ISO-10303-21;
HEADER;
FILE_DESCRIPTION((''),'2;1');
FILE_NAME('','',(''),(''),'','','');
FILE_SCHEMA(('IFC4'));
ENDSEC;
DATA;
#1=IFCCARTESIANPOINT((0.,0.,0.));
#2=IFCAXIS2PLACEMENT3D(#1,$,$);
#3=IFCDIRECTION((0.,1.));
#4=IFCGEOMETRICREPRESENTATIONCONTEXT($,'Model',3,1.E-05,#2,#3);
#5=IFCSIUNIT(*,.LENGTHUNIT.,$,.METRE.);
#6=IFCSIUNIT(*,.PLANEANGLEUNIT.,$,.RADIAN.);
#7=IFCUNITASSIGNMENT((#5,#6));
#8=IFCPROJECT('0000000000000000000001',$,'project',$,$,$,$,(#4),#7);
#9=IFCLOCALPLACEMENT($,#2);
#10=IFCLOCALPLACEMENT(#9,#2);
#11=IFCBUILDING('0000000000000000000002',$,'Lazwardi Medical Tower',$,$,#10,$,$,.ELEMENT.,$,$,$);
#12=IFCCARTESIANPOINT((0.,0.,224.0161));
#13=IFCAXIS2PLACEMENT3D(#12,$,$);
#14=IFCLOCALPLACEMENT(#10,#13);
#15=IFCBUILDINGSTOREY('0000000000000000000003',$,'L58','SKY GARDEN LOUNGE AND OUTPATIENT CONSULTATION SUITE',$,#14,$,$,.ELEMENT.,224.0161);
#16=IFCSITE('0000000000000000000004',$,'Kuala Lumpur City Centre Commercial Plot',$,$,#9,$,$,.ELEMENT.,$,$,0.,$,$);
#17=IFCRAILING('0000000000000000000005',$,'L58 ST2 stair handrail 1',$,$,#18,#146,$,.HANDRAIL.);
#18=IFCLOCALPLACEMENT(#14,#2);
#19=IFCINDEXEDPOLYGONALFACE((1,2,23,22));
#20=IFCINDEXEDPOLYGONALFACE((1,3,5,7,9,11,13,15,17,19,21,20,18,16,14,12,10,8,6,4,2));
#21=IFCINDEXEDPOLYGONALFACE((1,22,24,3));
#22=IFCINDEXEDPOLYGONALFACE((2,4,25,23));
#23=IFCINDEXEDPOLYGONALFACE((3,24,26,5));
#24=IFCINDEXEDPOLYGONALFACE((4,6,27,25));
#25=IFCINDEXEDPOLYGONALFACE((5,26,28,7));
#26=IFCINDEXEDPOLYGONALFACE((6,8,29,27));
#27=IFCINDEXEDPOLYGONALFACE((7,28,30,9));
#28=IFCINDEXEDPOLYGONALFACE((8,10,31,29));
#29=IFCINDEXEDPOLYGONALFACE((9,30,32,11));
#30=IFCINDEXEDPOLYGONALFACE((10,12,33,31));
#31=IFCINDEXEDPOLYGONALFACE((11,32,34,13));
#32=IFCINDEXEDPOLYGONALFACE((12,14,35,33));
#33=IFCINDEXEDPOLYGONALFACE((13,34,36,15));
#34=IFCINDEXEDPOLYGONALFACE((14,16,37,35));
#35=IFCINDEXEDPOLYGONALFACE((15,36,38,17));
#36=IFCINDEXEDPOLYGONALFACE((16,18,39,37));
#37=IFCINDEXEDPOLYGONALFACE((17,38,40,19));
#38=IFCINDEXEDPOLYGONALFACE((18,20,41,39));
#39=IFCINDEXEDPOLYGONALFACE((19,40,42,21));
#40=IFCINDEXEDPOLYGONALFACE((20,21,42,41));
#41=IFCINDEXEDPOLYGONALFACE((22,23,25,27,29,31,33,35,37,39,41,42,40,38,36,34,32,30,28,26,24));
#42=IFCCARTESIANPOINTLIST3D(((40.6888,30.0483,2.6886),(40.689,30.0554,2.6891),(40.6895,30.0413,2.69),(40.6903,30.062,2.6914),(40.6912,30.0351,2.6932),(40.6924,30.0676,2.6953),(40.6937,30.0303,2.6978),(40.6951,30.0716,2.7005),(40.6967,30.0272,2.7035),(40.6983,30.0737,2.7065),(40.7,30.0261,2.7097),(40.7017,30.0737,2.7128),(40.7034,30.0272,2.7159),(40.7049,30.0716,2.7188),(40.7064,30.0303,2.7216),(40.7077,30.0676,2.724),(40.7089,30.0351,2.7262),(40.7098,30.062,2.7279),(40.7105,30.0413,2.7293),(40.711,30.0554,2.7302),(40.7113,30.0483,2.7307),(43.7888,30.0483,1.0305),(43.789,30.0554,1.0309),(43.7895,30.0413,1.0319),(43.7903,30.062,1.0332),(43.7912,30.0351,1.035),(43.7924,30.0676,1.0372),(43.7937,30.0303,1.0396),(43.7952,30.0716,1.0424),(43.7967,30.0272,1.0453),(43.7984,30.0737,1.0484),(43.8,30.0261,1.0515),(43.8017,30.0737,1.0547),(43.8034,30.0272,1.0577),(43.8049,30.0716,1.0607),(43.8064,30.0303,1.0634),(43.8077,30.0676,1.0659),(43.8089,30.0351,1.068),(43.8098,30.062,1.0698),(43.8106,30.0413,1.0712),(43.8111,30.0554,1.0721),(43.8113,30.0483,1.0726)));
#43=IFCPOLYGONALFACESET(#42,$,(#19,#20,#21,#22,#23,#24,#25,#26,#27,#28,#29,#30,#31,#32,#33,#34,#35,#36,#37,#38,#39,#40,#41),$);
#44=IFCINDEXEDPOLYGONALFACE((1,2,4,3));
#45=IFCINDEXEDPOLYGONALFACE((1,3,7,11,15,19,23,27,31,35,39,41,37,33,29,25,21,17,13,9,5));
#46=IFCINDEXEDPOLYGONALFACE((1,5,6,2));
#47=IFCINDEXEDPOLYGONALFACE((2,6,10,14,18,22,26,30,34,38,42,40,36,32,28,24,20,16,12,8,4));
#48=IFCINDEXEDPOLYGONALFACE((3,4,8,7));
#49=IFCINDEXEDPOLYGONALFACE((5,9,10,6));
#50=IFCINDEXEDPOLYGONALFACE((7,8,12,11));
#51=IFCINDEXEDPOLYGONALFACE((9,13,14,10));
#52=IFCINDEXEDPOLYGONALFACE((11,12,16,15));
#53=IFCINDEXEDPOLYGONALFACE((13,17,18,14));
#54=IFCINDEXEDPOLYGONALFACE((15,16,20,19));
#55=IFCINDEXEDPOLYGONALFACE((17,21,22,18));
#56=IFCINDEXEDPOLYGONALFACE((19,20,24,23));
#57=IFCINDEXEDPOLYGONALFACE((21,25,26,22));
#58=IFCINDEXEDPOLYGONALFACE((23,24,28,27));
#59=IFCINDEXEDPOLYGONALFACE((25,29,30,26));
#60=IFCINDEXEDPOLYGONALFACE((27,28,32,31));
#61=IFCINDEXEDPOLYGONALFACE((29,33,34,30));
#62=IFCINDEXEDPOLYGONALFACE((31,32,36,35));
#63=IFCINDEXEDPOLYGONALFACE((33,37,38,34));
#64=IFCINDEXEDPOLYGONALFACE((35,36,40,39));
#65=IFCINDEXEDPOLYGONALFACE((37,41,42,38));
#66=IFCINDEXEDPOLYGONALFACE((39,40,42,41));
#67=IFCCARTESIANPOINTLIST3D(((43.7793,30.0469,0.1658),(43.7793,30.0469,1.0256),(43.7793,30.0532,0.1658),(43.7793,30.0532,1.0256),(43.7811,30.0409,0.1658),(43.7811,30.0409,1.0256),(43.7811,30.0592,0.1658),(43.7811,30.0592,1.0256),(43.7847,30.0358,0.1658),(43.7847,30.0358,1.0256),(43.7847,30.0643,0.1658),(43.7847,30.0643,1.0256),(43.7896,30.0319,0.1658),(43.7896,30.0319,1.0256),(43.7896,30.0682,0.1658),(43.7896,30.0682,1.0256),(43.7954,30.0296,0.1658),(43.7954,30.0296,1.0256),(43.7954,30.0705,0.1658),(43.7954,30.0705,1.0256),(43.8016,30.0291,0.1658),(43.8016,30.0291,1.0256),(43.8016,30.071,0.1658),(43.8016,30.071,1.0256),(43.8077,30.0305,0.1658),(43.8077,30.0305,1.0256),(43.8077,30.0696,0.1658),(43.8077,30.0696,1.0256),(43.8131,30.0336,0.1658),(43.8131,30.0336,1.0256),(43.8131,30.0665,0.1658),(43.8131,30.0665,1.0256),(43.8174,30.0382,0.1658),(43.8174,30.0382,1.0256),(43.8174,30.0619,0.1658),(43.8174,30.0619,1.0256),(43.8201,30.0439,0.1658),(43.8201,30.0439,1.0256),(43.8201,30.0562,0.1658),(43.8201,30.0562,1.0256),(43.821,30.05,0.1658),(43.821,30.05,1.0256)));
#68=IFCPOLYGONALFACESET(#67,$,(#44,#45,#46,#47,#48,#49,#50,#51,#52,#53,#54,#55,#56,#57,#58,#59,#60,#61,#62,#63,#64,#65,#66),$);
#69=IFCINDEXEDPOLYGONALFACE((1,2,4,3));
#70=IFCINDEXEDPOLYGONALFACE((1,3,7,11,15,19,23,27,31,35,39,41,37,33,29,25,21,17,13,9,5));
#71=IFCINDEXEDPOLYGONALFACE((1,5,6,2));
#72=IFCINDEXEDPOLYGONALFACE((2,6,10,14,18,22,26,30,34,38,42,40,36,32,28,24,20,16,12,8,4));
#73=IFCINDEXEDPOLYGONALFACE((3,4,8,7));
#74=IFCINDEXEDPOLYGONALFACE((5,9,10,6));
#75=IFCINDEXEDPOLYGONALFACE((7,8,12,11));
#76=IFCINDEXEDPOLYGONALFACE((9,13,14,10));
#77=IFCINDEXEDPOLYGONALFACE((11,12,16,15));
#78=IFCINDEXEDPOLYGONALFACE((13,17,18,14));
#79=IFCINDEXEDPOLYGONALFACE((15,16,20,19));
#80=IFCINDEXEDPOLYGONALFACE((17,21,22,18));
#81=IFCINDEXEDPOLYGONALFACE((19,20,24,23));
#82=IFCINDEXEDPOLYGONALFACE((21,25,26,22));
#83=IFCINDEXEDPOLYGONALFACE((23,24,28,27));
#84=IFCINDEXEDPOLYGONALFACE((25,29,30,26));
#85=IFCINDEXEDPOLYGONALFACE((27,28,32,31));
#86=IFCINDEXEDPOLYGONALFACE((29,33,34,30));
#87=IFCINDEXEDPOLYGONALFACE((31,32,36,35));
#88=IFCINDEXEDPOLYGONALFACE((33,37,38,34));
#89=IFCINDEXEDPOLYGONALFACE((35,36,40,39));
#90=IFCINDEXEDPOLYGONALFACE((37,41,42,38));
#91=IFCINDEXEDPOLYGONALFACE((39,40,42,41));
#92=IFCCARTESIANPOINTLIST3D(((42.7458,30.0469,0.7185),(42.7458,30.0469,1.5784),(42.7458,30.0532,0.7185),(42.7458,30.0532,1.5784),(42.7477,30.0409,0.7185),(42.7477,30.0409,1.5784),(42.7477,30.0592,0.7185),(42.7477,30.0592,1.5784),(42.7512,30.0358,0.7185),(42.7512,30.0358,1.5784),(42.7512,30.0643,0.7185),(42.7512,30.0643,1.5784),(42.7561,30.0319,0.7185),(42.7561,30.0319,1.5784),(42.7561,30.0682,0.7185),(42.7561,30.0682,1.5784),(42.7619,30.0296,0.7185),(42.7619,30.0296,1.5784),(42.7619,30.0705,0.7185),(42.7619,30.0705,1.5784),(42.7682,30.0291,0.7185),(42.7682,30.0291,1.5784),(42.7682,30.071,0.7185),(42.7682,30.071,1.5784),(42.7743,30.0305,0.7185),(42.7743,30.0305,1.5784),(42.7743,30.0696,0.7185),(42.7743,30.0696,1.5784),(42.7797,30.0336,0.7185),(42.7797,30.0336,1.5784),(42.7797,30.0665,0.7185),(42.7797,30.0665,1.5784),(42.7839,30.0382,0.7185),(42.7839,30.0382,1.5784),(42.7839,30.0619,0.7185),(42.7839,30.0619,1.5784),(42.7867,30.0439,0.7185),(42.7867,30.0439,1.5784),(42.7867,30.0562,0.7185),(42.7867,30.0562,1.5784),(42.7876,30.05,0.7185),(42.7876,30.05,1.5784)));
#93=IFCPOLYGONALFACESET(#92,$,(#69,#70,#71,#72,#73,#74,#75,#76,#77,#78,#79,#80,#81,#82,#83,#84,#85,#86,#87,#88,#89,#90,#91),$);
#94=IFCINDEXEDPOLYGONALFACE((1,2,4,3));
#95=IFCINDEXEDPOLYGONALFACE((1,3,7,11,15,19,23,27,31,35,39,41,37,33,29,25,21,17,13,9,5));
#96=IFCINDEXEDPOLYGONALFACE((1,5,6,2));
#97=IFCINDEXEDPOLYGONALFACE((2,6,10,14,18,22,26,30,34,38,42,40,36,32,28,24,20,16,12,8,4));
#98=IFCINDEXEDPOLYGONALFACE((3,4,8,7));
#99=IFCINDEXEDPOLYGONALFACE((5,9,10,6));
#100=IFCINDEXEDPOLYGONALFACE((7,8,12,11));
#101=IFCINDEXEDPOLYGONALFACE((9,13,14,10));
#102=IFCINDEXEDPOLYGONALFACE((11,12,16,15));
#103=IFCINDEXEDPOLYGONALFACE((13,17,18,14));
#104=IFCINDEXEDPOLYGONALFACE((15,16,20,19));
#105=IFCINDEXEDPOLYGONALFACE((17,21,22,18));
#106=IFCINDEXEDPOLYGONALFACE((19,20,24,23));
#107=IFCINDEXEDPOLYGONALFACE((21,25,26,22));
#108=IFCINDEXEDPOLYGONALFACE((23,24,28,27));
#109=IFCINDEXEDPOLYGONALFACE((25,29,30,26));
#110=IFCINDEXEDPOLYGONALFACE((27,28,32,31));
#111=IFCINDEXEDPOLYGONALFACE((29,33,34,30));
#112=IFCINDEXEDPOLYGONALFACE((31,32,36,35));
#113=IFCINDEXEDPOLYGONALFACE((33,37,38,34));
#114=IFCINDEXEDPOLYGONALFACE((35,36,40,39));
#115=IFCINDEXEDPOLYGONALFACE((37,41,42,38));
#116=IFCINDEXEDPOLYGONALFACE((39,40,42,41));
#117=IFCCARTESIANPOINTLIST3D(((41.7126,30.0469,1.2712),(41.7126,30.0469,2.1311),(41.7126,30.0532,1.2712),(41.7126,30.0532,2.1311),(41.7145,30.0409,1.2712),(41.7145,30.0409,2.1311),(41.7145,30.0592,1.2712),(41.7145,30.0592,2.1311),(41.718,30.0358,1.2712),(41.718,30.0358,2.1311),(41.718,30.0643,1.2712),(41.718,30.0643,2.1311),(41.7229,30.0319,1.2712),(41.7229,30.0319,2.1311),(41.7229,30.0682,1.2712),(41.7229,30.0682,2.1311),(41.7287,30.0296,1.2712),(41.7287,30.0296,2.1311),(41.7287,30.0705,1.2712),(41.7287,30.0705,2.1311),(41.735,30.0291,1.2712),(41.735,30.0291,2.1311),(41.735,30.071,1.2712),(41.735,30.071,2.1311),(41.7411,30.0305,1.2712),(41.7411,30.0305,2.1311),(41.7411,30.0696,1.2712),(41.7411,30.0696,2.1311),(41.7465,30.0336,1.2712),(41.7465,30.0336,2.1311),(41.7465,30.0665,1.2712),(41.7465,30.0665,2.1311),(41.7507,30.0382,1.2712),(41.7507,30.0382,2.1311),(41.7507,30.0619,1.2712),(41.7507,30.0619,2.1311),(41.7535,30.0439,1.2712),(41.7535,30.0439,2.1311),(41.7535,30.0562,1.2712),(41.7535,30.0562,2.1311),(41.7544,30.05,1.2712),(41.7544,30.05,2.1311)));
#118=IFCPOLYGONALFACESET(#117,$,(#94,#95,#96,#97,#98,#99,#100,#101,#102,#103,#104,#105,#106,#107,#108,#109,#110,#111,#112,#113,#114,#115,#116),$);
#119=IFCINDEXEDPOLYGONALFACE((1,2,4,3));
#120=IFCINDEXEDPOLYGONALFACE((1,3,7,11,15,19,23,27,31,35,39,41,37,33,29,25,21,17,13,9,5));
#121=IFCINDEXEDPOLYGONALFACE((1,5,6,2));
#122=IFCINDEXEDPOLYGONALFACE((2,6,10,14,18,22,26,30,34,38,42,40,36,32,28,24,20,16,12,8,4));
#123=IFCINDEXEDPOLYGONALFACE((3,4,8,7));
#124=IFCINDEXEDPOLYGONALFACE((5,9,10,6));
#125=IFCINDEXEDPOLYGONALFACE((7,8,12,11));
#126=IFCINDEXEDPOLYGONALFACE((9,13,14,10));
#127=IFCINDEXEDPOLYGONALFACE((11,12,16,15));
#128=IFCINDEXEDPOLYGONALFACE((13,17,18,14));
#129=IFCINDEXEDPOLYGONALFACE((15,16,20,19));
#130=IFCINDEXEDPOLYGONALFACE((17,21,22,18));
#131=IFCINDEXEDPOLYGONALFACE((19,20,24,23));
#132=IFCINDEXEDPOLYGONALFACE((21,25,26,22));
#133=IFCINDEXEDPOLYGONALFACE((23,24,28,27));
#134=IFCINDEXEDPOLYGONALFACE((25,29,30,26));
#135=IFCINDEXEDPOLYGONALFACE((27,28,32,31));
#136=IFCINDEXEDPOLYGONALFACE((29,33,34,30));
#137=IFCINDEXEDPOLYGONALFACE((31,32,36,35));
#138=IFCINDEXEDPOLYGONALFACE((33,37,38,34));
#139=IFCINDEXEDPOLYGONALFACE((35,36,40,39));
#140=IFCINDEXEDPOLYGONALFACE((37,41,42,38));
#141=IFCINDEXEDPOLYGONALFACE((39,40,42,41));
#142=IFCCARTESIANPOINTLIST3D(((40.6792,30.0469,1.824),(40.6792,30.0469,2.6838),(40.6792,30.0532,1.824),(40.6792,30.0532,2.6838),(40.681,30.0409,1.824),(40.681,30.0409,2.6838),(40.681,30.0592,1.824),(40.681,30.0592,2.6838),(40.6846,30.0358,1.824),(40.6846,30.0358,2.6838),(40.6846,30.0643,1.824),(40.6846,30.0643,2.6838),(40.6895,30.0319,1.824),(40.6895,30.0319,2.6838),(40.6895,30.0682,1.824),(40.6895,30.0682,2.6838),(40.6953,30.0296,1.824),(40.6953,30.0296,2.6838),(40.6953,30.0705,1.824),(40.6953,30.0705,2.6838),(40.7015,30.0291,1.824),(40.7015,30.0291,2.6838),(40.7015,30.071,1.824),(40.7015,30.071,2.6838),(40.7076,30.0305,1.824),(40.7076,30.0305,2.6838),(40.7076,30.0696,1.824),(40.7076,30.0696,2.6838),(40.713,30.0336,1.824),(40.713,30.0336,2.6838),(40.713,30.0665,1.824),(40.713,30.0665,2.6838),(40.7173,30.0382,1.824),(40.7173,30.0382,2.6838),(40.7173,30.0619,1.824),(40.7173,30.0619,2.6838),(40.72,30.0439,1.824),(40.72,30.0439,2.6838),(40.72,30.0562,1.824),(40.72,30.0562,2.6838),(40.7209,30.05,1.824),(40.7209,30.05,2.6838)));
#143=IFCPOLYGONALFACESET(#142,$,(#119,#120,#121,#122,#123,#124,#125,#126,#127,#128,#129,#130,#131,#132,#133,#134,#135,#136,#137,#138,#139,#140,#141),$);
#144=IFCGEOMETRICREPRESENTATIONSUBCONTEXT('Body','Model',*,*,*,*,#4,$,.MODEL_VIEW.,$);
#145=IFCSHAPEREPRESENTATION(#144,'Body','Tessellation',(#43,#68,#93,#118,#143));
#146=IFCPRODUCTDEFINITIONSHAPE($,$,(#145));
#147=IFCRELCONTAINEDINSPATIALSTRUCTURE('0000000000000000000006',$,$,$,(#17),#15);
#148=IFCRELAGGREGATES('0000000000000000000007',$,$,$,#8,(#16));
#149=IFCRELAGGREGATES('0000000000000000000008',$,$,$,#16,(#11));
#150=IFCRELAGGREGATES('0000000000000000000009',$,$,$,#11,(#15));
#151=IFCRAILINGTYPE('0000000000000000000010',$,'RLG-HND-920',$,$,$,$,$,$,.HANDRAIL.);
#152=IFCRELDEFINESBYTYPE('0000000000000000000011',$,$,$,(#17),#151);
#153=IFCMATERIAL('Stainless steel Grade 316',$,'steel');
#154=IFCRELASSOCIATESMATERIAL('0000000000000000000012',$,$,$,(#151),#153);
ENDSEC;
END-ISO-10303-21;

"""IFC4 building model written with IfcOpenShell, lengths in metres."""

from ifc_helpers import new_model, si_unit, direction, frame, origin, origin_2d, place, context, subcontext, project, spatial, circle, extrude, material, type_object, element, save


model = new_model("IFC4")

# Units and contexts
model_context = context("Model", 3, precision=1e-05, world=origin(), true_north=direction((0.0, 1.0)))
body_context = subcontext(model_context, "Body", "Model", "MODEL_VIEW")
ifc_project = project(units=[si_unit("LENGTHUNIT", "METRE"), si_unit("PLANEANGLEUNIT", "RADIAN")], contexts=[model_context])

# Site, building, storey
site_placement = place(None, origin())
site = spatial("IfcSite", under=ifc_project, at=site_placement, Name="Kuala Lumpur City Centre Commercial Plot", CompositionType="ELEMENT", RefElevation=0.0)
building_placement = place(site_placement, origin())
building = spatial("IfcBuilding", under=site, at=building_placement, Name="Lazwardi Medical Tower", CompositionType="ELEMENT")
storey_placement = place(building_placement, frame((0.0, 0.0, 224.0161)))
storey = spatial("IfcBuildingStorey", under=building, at=storey_placement, Name="L58", Description="SKY GARDEN LOUNGE AND OUTPATIENT CONSULTATION SUITE", CompositionType="ELEMENT", Elevation=224.0161)

# Railing
ifc_material_1 = material(Name="Stainless steel Grade 316", Category="steel")
railing_type_1 = type_object("IfcRailingType", Name="RLG-HND-920", PredefinedType="HANDRAIL", material=ifc_material_1)
railing_1_placement = place(storey_placement, frame((43.8, 30.05, 0.1658)))
element("IfcRailing", 1, at=railing_1_placement, inside=storey, type_object=railing_type_1, Name="L58 ST2 stair handrail 1", PredefinedType="HANDRAIL", context=body_context, shape_type="SweptSolid", body=[
    extrude(circle(Radius=0.0239, at=origin_2d()), frame((0.0, 0.0, 0.8857), z_axis=(-0.881783, 0.0, 0.471655), x_axis=(0.0, -1.0, 0.0)), (0.0, 0.0, 1.0), 3.5156),
    extrude(circle(Radius=0.021, at=origin_2d()), origin(), (0.0, 0.0, 1.0), 0.8599),
    extrude(circle(Radius=0.021, at=origin_2d()), frame((-1.0334, 0.0, 0.5527)), (0.0, 0.0, 1.0), 0.8599),
    extrude(circle(Radius=0.021, at=origin_2d()), frame((-2.0667, 0.0, 1.1055)), (0.0, 0.0, 1.0), 0.8599),
    extrude(circle(Radius=0.021, at=origin_2d()), frame((-3.1001, 0.0, 1.6582)), (0.0, 0.0, 1.0), 0.8599),
])

save(model, "model.ifc")
